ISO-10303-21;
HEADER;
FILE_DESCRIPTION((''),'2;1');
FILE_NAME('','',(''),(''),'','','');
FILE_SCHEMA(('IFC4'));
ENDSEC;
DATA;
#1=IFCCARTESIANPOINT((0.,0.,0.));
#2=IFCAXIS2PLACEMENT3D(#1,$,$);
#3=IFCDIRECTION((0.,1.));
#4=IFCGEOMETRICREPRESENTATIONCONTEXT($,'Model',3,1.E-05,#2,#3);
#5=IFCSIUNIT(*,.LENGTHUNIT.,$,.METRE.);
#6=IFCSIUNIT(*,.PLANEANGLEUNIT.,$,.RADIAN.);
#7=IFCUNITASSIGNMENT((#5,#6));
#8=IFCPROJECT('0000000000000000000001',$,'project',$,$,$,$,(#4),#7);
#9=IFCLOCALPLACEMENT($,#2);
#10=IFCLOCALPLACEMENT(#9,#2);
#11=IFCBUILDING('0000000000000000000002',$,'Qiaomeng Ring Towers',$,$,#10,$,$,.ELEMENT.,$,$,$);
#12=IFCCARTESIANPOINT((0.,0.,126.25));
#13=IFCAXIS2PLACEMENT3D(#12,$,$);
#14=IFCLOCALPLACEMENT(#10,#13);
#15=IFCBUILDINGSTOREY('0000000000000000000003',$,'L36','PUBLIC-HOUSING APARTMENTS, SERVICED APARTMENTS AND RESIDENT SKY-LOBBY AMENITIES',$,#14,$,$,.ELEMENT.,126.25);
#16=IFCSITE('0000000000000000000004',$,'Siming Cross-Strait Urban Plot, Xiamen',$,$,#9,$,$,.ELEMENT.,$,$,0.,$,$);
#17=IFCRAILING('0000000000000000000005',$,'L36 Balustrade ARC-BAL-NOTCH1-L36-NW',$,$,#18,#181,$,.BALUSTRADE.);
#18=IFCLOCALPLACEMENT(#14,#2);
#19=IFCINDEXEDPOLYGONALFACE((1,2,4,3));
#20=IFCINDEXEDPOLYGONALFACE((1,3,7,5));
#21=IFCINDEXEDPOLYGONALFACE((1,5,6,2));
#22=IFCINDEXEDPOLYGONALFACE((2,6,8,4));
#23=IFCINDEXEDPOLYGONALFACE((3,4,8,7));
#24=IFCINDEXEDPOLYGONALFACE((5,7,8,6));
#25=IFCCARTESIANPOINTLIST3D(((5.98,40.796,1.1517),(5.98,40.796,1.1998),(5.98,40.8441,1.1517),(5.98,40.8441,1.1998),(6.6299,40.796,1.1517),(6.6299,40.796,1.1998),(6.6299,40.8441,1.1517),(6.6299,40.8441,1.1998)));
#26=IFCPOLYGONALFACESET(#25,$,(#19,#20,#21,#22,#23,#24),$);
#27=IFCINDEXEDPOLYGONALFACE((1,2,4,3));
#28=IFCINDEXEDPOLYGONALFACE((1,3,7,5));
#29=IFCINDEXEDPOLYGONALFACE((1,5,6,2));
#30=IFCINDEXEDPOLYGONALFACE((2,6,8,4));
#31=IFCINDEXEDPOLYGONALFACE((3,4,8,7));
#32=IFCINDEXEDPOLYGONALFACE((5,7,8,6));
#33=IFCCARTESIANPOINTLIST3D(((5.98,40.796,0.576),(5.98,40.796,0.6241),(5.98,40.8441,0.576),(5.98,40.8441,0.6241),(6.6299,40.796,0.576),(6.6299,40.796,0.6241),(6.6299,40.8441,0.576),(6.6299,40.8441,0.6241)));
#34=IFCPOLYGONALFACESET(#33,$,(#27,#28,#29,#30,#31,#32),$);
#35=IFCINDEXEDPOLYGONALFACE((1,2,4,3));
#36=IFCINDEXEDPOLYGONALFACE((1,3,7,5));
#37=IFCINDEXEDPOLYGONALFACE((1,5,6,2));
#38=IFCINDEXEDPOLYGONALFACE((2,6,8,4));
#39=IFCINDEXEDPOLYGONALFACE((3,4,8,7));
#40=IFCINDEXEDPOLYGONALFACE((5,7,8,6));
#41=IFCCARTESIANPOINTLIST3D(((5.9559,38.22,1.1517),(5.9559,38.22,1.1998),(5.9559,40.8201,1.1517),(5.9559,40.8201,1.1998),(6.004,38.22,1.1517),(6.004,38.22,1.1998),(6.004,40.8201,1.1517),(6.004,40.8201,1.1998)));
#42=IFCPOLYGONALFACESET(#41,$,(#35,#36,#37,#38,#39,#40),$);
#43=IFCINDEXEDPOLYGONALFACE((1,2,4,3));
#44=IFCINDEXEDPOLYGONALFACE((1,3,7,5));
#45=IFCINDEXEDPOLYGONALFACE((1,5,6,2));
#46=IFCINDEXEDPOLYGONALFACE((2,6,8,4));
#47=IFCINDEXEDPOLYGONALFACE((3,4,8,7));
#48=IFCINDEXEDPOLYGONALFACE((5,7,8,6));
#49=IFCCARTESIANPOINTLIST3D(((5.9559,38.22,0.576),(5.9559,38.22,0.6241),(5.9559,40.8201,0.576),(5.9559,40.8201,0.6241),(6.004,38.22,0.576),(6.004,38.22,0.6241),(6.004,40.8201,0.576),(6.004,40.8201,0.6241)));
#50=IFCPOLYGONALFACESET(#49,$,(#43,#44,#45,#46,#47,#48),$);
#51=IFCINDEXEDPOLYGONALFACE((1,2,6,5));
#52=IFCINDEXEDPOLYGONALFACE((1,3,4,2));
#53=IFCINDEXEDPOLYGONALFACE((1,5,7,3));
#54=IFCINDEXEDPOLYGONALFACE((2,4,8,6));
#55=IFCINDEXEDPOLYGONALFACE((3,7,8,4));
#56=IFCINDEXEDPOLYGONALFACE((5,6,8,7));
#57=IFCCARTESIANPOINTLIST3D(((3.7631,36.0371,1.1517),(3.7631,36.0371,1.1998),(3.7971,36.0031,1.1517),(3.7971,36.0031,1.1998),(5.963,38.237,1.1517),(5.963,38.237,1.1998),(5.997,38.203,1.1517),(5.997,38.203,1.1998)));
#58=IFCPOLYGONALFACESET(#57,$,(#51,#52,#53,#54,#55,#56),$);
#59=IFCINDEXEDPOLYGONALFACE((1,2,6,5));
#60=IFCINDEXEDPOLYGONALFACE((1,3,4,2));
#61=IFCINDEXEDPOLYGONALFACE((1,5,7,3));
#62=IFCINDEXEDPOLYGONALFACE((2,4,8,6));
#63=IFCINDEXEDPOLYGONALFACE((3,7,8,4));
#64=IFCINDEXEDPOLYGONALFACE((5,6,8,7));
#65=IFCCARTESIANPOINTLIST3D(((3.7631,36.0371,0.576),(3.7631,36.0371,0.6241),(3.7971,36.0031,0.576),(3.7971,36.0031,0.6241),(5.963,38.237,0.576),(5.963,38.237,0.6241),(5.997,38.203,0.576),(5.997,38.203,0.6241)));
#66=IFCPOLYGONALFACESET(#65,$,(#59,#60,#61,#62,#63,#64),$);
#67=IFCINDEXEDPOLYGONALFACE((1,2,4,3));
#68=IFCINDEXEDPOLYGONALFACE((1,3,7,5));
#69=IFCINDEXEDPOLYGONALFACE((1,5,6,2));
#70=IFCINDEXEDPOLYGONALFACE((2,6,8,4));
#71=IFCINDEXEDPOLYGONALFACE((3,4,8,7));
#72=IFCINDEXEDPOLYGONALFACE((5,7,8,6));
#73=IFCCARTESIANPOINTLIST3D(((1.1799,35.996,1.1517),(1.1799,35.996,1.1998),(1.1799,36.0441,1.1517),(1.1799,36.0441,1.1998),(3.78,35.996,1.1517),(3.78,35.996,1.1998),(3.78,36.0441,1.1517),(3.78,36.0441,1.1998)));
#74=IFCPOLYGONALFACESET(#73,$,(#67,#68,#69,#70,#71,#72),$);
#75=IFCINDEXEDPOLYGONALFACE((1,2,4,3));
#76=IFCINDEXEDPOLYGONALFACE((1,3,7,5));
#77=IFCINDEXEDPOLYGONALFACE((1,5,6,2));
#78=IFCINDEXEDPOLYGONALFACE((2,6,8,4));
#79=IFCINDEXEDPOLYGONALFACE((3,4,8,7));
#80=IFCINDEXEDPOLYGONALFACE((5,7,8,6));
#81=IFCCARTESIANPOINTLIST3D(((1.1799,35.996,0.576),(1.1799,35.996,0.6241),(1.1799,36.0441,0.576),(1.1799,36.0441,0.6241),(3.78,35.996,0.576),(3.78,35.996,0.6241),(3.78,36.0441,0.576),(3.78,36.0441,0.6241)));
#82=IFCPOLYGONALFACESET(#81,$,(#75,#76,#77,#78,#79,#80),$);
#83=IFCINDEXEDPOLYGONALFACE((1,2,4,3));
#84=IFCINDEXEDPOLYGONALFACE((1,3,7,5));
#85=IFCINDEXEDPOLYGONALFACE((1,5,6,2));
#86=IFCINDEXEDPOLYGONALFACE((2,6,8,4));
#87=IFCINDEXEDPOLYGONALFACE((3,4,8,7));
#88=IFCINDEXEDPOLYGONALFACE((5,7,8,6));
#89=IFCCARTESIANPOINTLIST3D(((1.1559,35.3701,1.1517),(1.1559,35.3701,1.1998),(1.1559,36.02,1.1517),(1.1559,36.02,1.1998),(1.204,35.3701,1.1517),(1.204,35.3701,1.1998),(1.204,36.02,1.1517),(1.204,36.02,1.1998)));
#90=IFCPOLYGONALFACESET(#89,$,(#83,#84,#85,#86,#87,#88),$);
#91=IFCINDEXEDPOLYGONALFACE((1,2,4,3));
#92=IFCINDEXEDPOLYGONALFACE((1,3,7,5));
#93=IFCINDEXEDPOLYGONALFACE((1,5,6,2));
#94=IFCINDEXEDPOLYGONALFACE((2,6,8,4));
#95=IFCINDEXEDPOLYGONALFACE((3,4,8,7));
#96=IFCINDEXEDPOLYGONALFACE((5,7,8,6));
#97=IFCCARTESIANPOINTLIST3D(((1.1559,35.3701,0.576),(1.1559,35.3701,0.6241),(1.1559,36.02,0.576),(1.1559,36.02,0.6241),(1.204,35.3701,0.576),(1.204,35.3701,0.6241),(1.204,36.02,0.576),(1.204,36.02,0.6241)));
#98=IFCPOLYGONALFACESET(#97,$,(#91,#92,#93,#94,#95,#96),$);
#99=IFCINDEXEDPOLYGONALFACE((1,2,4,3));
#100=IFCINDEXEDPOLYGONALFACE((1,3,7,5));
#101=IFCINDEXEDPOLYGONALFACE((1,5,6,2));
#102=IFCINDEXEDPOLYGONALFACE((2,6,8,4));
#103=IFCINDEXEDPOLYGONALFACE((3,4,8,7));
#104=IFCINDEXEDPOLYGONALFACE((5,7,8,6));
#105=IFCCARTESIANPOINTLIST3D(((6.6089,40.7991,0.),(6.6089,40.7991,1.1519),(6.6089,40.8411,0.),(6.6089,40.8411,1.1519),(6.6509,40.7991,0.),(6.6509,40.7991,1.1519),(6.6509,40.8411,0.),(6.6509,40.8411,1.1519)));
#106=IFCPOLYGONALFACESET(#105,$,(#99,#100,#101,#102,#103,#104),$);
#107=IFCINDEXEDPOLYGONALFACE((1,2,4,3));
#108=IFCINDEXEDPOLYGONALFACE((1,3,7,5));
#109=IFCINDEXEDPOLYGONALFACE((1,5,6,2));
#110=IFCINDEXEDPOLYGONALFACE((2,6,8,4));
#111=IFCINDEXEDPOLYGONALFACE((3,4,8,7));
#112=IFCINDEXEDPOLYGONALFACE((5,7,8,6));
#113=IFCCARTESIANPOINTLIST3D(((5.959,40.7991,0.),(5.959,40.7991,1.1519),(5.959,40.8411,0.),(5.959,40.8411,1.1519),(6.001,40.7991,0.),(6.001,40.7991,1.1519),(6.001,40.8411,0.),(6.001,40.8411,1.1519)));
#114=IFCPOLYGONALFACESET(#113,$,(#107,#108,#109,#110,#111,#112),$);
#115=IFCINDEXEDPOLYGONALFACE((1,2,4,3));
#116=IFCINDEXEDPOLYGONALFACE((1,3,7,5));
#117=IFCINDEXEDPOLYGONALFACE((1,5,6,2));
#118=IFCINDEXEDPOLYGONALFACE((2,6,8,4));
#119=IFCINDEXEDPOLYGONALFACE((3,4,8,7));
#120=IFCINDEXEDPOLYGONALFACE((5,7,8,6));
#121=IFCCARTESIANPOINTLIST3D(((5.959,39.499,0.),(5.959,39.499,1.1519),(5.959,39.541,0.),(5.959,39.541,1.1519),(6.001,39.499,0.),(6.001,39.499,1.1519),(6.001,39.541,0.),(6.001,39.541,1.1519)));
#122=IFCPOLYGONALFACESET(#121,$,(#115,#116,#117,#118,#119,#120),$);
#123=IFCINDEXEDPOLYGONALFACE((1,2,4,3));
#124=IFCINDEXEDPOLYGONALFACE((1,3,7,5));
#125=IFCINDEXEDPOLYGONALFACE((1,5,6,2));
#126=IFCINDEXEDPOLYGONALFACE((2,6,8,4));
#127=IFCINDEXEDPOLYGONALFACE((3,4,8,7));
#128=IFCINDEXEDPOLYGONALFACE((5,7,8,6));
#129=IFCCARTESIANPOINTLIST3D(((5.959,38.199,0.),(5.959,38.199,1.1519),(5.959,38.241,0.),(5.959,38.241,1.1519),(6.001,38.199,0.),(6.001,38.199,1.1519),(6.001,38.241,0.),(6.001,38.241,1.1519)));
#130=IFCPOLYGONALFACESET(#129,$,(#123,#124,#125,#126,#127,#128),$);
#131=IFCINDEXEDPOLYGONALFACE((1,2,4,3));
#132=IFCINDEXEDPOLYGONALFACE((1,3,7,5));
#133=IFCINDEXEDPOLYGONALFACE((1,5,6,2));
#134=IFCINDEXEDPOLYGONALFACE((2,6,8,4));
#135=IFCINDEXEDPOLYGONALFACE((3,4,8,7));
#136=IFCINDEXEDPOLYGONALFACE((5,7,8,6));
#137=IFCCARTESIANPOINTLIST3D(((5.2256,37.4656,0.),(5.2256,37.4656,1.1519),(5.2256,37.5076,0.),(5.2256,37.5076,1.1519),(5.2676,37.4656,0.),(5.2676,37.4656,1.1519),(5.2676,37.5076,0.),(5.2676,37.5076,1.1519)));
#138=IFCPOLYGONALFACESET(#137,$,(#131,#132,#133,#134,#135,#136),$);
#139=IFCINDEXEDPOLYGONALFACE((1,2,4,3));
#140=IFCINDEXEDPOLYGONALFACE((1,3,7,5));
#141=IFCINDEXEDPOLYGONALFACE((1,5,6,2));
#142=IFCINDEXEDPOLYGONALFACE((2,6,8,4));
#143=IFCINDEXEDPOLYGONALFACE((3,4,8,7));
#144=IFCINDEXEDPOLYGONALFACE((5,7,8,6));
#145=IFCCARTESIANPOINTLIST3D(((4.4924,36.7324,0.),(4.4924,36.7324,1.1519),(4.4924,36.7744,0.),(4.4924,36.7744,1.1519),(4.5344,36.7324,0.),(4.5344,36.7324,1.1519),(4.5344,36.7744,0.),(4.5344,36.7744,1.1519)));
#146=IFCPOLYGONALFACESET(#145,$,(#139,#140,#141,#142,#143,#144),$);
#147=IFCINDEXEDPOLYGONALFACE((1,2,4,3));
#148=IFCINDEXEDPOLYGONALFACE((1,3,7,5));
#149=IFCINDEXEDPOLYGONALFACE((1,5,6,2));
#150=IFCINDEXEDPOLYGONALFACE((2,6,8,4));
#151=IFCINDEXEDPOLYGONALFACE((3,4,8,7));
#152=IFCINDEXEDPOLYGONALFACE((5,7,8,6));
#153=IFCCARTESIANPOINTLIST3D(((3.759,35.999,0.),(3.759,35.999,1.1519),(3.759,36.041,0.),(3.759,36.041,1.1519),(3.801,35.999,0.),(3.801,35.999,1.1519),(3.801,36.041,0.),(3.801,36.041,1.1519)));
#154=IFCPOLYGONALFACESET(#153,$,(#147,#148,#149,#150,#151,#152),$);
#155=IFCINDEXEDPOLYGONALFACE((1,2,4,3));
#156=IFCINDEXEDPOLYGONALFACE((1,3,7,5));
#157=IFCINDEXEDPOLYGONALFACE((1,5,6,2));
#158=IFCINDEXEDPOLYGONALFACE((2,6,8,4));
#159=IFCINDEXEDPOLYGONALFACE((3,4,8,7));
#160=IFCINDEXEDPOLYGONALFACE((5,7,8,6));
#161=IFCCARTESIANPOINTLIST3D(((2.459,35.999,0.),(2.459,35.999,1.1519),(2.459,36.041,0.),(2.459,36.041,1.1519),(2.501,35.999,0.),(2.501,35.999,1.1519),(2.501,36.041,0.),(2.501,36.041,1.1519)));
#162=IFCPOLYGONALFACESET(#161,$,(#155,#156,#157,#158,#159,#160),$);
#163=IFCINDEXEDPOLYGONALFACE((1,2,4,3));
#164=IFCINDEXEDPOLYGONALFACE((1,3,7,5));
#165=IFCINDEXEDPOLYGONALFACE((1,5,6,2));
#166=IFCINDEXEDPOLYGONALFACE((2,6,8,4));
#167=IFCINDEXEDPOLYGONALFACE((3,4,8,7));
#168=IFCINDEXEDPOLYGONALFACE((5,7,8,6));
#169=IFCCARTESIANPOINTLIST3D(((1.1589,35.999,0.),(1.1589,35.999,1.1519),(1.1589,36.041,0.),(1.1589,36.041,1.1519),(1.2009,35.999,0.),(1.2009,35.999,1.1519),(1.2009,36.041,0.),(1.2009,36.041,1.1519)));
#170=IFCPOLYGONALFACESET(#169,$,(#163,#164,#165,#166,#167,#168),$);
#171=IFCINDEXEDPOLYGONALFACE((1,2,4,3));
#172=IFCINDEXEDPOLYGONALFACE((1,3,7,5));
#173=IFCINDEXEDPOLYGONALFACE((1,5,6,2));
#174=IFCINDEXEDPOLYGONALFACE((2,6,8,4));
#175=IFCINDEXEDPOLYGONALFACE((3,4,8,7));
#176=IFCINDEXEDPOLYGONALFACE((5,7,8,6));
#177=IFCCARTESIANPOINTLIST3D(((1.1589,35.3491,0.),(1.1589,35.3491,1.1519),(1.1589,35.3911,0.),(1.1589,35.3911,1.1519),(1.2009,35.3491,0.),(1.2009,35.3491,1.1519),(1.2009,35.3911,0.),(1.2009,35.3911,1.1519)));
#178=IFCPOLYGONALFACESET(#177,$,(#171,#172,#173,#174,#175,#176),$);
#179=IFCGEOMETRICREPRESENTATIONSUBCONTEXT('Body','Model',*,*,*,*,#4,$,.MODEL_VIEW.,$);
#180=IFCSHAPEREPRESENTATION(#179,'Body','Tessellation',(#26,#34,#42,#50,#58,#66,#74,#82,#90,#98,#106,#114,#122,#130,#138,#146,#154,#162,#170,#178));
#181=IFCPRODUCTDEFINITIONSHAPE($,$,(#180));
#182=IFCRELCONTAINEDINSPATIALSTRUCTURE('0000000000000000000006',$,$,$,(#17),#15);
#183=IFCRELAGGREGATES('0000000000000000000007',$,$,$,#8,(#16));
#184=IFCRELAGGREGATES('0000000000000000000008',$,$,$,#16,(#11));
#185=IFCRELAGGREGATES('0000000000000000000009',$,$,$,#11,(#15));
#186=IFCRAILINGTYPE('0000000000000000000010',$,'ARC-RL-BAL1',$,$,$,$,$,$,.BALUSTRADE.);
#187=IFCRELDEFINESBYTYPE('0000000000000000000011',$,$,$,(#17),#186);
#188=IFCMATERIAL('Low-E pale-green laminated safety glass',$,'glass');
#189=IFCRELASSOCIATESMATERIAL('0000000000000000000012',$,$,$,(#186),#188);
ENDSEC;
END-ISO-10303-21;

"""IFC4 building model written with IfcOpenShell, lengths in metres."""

from ifc_helpers import new_model, si_unit, direction, frame, origin, origin_2d, place, context, subcontext, project, spatial, rectangle, extrude, material, type_object, element, save


model = new_model("IFC4")

# Units and contexts
model_context = context("Model", 3, precision=1e-05, world=origin(), true_north=direction((0.0, 1.0)))
body_context = subcontext(model_context, "Body", "Model", "MODEL_VIEW")
ifc_project = project(units=[si_unit("LENGTHUNIT", "METRE"), si_unit("PLANEANGLEUNIT", "RADIAN")], contexts=[model_context])

# Site, building, storey
site_placement = place(None, origin())
site = spatial("IfcSite", under=ifc_project, at=site_placement, Name="Siming Cross-Strait Urban Plot, Xiamen", CompositionType="ELEMENT", RefElevation=0.0)
building_placement = place(site_placement, origin())
building = spatial("IfcBuilding", under=site, at=building_placement, Name="Qiaomeng Ring Towers", CompositionType="ELEMENT")
storey_placement = place(building_placement, frame((0.0, 0.0, 126.25)))
storey = spatial("IfcBuildingStorey", under=building, at=storey_placement, Name="L36", Description="PUBLIC-HOUSING APARTMENTS, SERVICED APARTMENTS AND RESIDENT SKY-LOBBY AMENITIES", CompositionType="ELEMENT", Elevation=126.25)

# Railing
ifc_material_1 = material(Name="Low-E pale-green laminated safety glass", Category="glass")
railing_type = type_object("IfcRailingType", Name="ARC-RL-BAL1", PredefinedType="BALUSTRADE", material=ifc_material_1)
railing_placement = place(storey_placement, frame((6.6299, 40.8201, 0.0)))
element("IfcRailing", 1, at=railing_placement, inside=storey, type_object=railing_type, Name="L36 Balustrade ARC-BAL-NOTCH1-L36-NW", PredefinedType="BALUSTRADE", context=body_context, shape_type="SweptSolid", body=[
    extrude(rectangle(XDim=0.0481, YDim=0.0481, at=origin_2d()), frame((0.0, 0.0, 1.1758), z_axis=(-1.0, 0.0, 0.0), x_axis=(0.0, -1.0, 0.0)), (0.0, 0.0, 1.0), 0.6499),
    extrude(rectangle(XDim=0.0481, YDim=0.0481, at=origin_2d()), frame((0.0, 0.0, 0.6001), z_axis=(-1.0, 0.0, 0.0), x_axis=(0.0, -1.0, 0.0)), (0.0, 0.0, 1.0), 0.6499),
    extrude(rectangle(XDim=0.0481, YDim=0.0481, at=origin_2d()), frame((-0.6499, 0.0, 1.1758), z_axis=(0.0, -1.0, 0.0), x_axis=(1.0, 0.0, 0.0)), (0.0, 0.0, 1.0), 2.6001),
    extrude(rectangle(XDim=0.0481, YDim=0.0481, at=origin_2d()), frame((-0.6499, 0.0, 0.6001), z_axis=(0.0, -1.0, 0.0), x_axis=(1.0, 0.0, 0.0)), (0.0, 0.0, 1.0), 2.6001),
    extrude(rectangle(XDim=0.0481, YDim=0.0481, at=origin_2d()), frame((-0.6499, -2.6001, 1.1758), z_axis=(-0.707107, -0.707107, 0.0), x_axis=(0.707107, -0.707107, 0.0)), (0.0, 0.0, 1.0), 3.1111),
    extrude(rectangle(XDim=0.0481, YDim=0.0481, at=origin_2d()), frame((-0.6499, -2.6001, 0.6001), z_axis=(-0.707107, -0.707107, 0.0), x_axis=(0.707107, -0.707107, 0.0)), (0.0, 0.0, 1.0), 3.1111),
    extrude(rectangle(XDim=0.0481, YDim=0.0481, at=origin_2d()), frame((-2.8499, -4.8, 1.1758), z_axis=(-1.0, 0.0, 0.0), x_axis=(0.0, -1.0, 0.0)), (0.0, 0.0, 1.0), 2.6001),
    extrude(rectangle(XDim=0.0481, YDim=0.0481, at=origin_2d()), frame((-2.8499, -4.8, 0.6001), z_axis=(-1.0, 0.0, 0.0), x_axis=(0.0, -1.0, 0.0)), (0.0, 0.0, 1.0), 2.6001),
    extrude(rectangle(XDim=0.0481, YDim=0.0481, at=origin_2d()), frame((-5.45, -4.8, 1.1758), z_axis=(0.0, -1.0, 0.0), x_axis=(1.0, 0.0, 0.0)), (0.0, 0.0, 1.0), 0.6499),
    extrude(rectangle(XDim=0.0481, YDim=0.0481, at=origin_2d()), frame((-5.45, -4.8, 0.6001), z_axis=(0.0, -1.0, 0.0), x_axis=(1.0, 0.0, 0.0)), (0.0, 0.0, 1.0), 0.6499),
    extrude(rectangle(XDim=0.042, YDim=0.042, at=origin_2d()), origin(), (0.0, 0.0, 1.0), 1.1519),
    extrude(rectangle(XDim=0.042, YDim=0.042, at=origin_2d()), frame((-0.6499, 0.0, 0.0)), (0.0, 0.0, 1.0), 1.1519),
    extrude(rectangle(XDim=0.042, YDim=0.042, at=origin_2d()), frame((-0.6499, -1.3, 0.0)), (0.0, 0.0, 1.0), 1.1519),
    extrude(rectangle(XDim=0.042, YDim=0.042, at=origin_2d()), frame((-0.6499, -2.6001, 0.0)), (0.0, 0.0, 1.0), 1.1519),
    extrude(rectangle(XDim=0.042, YDim=0.042, at=origin_2d()), frame((-1.3833, -3.3335, 0.0)), (0.0, 0.0, 1.0), 1.1519),
    extrude(rectangle(XDim=0.042, YDim=0.042, at=origin_2d()), frame((-2.1165, -4.0667, 0.0)), (0.0, 0.0, 1.0), 1.1519),
    extrude(rectangle(XDim=0.042, YDim=0.042, at=origin_2d()), frame((-2.8499, -4.8, 0.0)), (0.0, 0.0, 1.0), 1.1519),
    extrude(rectangle(XDim=0.042, YDim=0.042, at=origin_2d()), frame((-4.1499, -4.8, 0.0)), (0.0, 0.0, 1.0), 1.1519),
    extrude(rectangle(XDim=0.042, YDim=0.042, at=origin_2d()), frame((-5.45, -4.8, 0.0)), (0.0, 0.0, 1.0), 1.1519),
    extrude(rectangle(XDim=0.042, YDim=0.042, at=origin_2d()), frame((-5.45, -5.45, 0.0)), (0.0, 0.0, 1.0), 1.1519),
])

save(model, "model.ifc")
